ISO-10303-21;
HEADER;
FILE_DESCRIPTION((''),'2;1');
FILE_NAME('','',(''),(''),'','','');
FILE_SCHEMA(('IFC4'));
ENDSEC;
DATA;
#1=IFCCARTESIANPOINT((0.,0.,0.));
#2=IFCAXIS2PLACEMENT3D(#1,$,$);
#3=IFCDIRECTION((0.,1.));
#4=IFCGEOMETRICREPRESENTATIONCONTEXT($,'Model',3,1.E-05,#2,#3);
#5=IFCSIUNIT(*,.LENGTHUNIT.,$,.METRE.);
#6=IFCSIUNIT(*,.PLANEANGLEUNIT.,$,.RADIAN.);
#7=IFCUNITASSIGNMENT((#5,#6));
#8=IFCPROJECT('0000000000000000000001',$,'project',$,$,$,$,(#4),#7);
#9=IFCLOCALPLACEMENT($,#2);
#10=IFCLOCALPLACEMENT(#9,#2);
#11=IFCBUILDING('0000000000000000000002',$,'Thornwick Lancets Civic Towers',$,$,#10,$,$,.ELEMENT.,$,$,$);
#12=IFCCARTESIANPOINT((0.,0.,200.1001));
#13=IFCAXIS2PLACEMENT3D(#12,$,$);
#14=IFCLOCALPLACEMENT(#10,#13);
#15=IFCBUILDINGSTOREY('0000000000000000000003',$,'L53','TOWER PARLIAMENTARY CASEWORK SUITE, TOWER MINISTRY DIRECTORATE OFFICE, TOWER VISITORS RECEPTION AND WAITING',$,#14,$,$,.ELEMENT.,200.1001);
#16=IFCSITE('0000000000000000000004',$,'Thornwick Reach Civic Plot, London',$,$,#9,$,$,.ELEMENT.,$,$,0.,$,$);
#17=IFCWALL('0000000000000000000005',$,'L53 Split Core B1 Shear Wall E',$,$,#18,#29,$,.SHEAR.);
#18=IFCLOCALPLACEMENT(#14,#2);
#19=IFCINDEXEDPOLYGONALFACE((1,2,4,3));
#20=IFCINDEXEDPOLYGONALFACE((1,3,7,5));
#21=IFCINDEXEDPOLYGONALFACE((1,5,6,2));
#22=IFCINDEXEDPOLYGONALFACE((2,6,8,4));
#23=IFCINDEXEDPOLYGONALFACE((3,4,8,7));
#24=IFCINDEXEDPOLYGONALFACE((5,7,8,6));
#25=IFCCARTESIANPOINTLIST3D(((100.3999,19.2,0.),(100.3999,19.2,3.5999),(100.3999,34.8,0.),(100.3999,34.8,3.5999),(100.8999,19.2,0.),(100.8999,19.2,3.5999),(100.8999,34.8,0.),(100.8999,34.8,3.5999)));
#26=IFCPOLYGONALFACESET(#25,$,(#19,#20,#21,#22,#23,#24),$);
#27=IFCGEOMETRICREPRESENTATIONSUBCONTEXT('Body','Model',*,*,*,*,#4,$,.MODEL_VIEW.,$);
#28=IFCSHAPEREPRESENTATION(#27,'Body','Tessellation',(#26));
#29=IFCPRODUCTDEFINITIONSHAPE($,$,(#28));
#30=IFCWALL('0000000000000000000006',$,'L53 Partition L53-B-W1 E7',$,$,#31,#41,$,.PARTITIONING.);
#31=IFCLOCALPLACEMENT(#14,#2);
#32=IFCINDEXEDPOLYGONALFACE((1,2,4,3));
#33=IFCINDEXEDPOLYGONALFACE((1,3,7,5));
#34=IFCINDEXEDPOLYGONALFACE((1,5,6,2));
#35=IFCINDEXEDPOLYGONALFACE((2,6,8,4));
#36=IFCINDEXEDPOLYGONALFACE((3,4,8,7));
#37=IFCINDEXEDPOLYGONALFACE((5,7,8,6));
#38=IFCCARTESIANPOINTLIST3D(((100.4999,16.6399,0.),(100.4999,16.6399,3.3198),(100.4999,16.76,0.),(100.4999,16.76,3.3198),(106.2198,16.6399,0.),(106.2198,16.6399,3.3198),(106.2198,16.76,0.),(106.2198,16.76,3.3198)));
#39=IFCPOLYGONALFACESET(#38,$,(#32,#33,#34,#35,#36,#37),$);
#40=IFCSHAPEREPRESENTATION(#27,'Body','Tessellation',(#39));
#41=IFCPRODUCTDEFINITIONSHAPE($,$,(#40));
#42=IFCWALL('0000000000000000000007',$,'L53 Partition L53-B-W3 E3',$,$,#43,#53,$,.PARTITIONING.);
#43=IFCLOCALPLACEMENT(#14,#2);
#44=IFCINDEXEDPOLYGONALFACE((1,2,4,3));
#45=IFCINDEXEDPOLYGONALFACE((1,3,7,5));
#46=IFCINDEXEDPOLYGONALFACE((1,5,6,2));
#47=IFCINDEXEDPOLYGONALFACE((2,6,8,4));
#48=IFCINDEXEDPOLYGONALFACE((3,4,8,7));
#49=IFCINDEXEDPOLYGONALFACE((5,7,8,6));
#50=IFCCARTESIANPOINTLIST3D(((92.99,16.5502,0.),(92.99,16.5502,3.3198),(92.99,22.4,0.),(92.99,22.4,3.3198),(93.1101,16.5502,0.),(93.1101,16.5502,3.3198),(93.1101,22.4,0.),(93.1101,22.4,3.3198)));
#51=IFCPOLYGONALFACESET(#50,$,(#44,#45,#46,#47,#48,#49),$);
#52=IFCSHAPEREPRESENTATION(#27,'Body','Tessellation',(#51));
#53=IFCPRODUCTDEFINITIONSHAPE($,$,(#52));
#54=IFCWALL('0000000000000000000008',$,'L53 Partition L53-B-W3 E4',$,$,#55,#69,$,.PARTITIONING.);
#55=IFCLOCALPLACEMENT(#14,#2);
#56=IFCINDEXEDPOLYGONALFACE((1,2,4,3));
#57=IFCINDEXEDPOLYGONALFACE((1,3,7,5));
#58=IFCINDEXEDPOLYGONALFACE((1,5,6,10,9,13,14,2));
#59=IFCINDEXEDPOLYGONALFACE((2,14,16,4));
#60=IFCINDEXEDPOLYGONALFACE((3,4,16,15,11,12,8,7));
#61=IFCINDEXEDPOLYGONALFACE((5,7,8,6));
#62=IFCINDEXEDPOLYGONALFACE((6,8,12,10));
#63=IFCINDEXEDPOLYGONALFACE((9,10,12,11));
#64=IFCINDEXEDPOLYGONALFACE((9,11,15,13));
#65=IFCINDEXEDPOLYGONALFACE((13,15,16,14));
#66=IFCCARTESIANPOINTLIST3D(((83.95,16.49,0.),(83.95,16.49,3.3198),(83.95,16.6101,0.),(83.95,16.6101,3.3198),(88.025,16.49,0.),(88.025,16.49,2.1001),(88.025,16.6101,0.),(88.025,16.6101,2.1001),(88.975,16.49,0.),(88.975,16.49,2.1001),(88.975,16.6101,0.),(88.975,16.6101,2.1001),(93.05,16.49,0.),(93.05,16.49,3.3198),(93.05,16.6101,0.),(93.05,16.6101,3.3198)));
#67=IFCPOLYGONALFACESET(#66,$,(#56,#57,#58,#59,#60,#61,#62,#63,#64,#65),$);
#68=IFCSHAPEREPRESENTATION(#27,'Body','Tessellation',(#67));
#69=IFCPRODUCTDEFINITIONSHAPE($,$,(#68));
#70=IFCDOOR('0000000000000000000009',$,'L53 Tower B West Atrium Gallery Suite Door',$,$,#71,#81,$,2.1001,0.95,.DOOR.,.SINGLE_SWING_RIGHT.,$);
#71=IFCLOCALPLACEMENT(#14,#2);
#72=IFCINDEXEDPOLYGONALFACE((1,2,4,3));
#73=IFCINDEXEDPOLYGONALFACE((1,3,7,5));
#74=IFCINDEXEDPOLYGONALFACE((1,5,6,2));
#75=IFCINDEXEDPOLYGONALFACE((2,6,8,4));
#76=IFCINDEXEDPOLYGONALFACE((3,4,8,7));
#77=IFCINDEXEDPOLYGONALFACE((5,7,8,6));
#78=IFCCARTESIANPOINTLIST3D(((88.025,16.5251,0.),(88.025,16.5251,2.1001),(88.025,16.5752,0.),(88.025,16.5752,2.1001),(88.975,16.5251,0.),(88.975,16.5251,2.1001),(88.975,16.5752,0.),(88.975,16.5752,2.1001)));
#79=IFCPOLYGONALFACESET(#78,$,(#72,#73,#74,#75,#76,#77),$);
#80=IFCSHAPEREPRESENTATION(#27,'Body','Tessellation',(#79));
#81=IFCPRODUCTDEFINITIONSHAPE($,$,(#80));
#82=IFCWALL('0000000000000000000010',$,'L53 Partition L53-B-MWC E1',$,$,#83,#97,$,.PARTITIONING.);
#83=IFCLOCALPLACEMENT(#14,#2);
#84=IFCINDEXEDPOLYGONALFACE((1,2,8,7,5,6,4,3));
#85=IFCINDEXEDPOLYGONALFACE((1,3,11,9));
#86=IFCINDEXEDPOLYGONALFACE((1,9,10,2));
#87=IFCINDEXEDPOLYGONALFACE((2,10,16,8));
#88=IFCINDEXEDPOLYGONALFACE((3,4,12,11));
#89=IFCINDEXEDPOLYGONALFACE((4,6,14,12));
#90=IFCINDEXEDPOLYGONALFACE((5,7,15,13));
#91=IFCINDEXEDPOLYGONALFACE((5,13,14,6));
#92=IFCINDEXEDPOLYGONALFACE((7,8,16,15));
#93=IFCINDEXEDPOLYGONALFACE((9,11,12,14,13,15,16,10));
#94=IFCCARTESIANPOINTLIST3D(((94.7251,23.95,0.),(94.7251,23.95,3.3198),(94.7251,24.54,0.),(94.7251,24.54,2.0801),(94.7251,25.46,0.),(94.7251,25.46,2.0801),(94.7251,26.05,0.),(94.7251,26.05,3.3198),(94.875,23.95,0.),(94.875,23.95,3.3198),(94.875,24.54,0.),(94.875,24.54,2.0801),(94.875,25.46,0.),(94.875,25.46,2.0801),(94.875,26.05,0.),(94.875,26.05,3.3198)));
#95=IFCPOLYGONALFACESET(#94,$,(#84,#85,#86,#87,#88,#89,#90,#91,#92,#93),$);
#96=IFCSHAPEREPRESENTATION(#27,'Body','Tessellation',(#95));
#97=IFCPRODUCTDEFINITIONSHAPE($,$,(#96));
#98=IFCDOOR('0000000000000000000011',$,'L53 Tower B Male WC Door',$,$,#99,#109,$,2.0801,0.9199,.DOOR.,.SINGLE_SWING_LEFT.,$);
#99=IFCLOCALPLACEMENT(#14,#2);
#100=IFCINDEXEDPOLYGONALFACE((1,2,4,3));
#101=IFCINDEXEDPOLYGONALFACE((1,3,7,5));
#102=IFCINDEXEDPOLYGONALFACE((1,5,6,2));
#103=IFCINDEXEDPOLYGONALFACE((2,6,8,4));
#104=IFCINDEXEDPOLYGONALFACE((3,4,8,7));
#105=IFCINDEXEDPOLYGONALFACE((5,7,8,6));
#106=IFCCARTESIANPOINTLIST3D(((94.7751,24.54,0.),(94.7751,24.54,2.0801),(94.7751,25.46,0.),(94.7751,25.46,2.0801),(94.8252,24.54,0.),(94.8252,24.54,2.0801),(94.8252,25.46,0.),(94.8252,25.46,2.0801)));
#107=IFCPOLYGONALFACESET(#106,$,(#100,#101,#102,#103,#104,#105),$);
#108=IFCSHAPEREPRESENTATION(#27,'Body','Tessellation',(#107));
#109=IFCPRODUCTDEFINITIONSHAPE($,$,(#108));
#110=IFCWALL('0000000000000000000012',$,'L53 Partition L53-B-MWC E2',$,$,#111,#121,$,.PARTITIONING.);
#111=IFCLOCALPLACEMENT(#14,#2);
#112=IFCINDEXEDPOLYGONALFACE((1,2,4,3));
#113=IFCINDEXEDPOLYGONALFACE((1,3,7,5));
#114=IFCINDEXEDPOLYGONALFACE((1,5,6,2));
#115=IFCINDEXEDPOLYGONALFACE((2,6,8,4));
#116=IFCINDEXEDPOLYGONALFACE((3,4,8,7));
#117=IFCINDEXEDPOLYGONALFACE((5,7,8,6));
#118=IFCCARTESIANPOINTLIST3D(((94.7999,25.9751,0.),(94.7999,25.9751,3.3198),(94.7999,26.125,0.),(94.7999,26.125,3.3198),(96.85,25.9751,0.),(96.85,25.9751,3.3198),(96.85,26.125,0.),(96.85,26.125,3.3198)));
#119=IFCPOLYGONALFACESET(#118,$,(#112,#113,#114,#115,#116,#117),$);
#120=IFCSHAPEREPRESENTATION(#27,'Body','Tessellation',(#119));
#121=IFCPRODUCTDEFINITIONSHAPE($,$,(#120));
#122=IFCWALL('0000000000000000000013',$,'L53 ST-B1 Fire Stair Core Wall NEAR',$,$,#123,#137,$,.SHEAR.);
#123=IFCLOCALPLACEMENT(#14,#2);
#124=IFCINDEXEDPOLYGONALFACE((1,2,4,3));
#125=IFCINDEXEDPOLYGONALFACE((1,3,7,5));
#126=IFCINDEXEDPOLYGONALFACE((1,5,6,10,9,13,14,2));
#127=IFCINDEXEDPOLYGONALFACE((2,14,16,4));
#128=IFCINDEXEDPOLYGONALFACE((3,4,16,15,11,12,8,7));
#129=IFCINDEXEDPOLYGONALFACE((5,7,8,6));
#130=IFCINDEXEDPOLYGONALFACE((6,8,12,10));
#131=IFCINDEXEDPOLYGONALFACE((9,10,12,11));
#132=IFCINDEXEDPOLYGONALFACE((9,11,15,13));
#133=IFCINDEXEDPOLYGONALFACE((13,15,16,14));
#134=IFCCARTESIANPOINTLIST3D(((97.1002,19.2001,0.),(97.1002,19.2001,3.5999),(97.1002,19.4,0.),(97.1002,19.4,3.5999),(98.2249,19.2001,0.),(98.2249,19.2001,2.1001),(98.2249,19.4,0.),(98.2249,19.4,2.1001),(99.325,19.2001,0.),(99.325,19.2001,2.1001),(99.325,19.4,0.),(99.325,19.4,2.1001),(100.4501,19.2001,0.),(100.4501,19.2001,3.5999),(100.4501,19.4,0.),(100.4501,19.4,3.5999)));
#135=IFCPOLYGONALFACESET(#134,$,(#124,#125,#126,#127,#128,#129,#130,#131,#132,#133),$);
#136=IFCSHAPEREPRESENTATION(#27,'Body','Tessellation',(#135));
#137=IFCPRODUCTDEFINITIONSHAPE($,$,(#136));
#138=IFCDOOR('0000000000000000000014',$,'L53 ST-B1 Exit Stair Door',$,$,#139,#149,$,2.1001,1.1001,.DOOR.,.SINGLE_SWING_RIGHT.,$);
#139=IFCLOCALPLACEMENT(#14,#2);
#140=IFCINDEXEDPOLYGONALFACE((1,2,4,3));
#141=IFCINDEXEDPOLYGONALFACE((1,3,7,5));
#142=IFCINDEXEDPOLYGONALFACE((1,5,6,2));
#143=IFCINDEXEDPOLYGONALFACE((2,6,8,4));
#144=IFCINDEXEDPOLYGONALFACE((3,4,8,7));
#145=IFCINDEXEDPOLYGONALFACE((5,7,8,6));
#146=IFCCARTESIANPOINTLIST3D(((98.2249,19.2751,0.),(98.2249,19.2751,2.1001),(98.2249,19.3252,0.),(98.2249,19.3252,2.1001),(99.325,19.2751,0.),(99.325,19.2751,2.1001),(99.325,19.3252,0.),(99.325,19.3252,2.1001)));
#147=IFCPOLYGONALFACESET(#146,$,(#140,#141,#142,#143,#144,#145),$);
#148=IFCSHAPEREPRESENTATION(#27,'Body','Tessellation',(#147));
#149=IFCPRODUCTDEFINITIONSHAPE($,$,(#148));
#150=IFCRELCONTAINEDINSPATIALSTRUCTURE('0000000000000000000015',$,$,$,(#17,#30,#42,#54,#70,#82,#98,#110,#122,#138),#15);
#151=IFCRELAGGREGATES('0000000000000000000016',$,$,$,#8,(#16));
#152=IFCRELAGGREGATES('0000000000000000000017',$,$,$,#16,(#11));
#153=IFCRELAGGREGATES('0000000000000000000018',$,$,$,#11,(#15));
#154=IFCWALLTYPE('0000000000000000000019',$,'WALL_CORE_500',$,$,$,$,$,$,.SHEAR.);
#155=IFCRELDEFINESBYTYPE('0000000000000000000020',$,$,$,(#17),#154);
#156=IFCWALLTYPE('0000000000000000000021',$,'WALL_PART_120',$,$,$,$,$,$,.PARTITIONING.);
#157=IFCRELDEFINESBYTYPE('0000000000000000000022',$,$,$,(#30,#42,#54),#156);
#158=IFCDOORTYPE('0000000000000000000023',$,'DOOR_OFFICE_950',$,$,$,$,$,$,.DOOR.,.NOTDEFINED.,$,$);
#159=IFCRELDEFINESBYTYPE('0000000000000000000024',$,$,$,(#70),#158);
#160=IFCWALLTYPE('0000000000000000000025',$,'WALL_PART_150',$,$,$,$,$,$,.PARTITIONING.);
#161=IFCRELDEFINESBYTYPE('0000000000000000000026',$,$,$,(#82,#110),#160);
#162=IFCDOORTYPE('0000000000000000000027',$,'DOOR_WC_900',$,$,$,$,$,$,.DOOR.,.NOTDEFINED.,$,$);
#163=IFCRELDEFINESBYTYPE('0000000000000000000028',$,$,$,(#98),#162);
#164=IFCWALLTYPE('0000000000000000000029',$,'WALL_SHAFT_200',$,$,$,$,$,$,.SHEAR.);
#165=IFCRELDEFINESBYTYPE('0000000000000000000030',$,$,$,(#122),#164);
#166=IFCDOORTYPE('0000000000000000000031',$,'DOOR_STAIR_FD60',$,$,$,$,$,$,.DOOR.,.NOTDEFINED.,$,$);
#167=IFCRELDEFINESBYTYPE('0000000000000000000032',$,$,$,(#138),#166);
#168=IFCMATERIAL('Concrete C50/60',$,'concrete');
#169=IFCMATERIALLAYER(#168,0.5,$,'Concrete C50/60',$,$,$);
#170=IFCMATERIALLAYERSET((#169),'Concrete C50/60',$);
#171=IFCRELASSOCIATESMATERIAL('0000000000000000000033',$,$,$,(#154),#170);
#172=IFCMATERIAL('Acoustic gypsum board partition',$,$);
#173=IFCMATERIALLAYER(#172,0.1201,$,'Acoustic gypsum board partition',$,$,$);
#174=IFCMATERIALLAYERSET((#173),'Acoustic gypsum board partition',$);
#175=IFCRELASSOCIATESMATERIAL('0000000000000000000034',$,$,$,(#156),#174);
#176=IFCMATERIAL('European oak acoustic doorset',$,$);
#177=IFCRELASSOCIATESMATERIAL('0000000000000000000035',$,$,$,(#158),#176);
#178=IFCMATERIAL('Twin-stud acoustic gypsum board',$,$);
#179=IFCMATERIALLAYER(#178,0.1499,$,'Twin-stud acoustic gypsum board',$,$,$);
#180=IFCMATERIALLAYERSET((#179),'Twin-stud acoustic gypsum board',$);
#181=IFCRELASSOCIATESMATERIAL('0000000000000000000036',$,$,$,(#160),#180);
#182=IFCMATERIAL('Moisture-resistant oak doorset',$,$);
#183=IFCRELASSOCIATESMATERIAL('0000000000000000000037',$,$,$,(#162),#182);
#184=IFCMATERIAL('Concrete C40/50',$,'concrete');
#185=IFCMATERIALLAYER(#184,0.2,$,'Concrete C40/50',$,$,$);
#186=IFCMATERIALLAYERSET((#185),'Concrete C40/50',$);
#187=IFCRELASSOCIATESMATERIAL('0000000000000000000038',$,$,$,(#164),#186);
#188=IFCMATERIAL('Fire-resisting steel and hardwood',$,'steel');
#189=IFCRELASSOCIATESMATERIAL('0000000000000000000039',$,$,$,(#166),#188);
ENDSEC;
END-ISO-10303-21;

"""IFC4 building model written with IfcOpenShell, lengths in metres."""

from ifc_helpers import new_model, si_unit, direction, frame, frame_2d, origin, place, context, subcontext, project, spatial, rectangle, extrude, material, layer, layer_set, type_object, element, fill, save


model = new_model("IFC4")

# Units and contexts
model_context = context("Model", 3, precision=1e-05, world=origin(), true_north=direction((0.0, 1.0)))
body_context = subcontext(model_context, "Body", "Model", "MODEL_VIEW")
ifc_project = project(units=[si_unit("LENGTHUNIT", "METRE"), si_unit("PLANEANGLEUNIT", "RADIAN")], contexts=[model_context])

# Site, building, storey
site_placement = place(None, origin())
site = spatial("IfcSite", under=ifc_project, at=site_placement, Name="Thornwick Reach Civic Plot, London", CompositionType="ELEMENT", RefElevation=0.0)
building_placement = place(site_placement, origin())
building = spatial("IfcBuilding", under=site, at=building_placement, Name="Thornwick Lancets Civic Towers", CompositionType="ELEMENT")
storey_placement = place(building_placement, frame((0.0, 0.0, 200.1001)))
storey = spatial("IfcBuildingStorey", under=building, at=storey_placement, Name="L53", Description="TOWER PARLIAMENTARY CASEWORK SUITE, TOWER MINISTRY DIRECTORATE OFFICE, TOWER VISITORS RECEPTION AND WAITING", CompositionType="ELEMENT", Elevation=200.1001)

# Shared definitions
ifc_material_1 = material(Name="Concrete C50/60", Category="concrete")

# Shared definitions
ifc_material_2 = material(Name="Concrete C40/50", Category="concrete")

# Walls
ifc_layer_1 = layer(ifc_material_1, 0.5, Name="Concrete C50/60")
ifc_layer_set_1 = layer_set([ifc_layer_1], Name="Concrete C50/60")
wall_type_1 = type_object("IfcWallType", Name="WALL_CORE_500", PredefinedType="SHEAR", material=ifc_layer_set_1)
wall_1_placement = place(storey_placement, frame((100.6499, 19.2, 0.0), z_axis=(0.0, 0.0, 1.0), x_axis=(0.0, 1.0, 0.0)))
element("IfcWall", 1, at=wall_1_placement, inside=storey, type_object=wall_type_1, Name="L53 Split Core B1 Shear Wall E", PredefinedType="SHEAR", context=body_context, shape_type="SweptSolid", body=[
    extrude(rectangle(XDim=15.6001, YDim=0.5, at=frame_2d((7.8, 0.0))), origin(), (0.0, 0.0, 1.0), 3.5999),
])
ifc_material_3 = material(Name="Acoustic gypsum board partition")
ifc_layer_2 = layer(ifc_material_3, 0.1201, Name="Acoustic gypsum board partition")
ifc_layer_set_2 = layer_set([ifc_layer_2], Name="Acoustic gypsum board partition")
wall_type_2 = type_object("IfcWallType", Name="WALL_PART_120", PredefinedType="PARTITIONING", material=ifc_layer_set_2)
wall_2_placement = place(storey_placement, frame((100.5, 16.7, 0.0), z_axis=(0.0, 0.0, 1.0), x_axis=(1.0, 0.0, 0.0)))
element("IfcWall", 2, at=wall_2_placement, inside=storey, type_object=wall_type_2, Name="L53 Partition L53-B-W1 E7", PredefinedType="PARTITIONING", context=body_context, shape_type="SweptSolid", body=[
    extrude(rectangle(XDim=5.72, YDim=0.1201, at=frame_2d((2.8599, 0.0))), origin(), (0.0, 0.0, 1.0), 3.3198),
])
wall_3_placement = place(storey_placement, frame((93.05, 22.3999, 0.0), z_axis=(0.0, 0.0, 1.0), x_axis=(0.0, -1.0, 0.0)))
element("IfcWall", 3, at=wall_3_placement, inside=storey, type_object=wall_type_2, Name="L53 Partition L53-B-W3 E3", PredefinedType="PARTITIONING", context=body_context, shape_type="SweptSolid", body=[
    extrude(rectangle(XDim=5.8499, YDim=0.1201, at=frame_2d((2.9248, 0.0))), origin(), (0.0, 0.0, 1.0), 3.3198),
])

# Walls, openings, doors
wall_4_placement = place(storey_placement, frame((93.05, 16.55, 0.0), z_axis=(0.0, 0.0, 1.0), x_axis=(-1.0, 0.0, 0.0)))
wall_4 = element("IfcWall", 4, at=wall_4_placement, inside=storey, type_object=wall_type_2, Name="L53 Partition L53-B-W3 E4", PredefinedType="PARTITIONING", context=body_context, shape_type="SweptSolid", body=[
    extrude(rectangle(XDim=9.1001, YDim=0.1201, at=frame_2d((4.55, 0.0))), origin(), (0.0, 0.0, 1.0), 3.3198),
])
opening_1_placement = place(wall_4_placement, frame((4.075, 0.0, 0.0)))
opening_1 = element("IfcOpeningElement", 5, at=opening_1_placement, cuts=wall_4, PredefinedType="OPENING", context=body_context, shape_type="SweptSolid", body=[
    extrude(rectangle(XDim=0.95, YDim=2.1001, at=frame_2d((0.4751, 1.05))), frame((0.0, 0.0701, 0.0), z_axis=(0.0, -1.0, 0.0), x_axis=(1.0, 0.0, 0.0)), (0.0, 0.0, 1.0), 0.1401),
])
ifc_material_4 = material(Name="European oak acoustic doorset")
door_type_1 = type_object("IfcDoorType", Name="DOOR_OFFICE_950", OperationType="NOTDEFINED", PredefinedType="DOOR", material=ifc_material_4)
door_1_placement = place(opening_1_placement, origin())
door_1 = element("IfcDoor", 6, at=door_1_placement, inside=storey, type_object=door_type_1, Name="L53 Tower B West Atrium Gallery Suite Door", OperationType="SINGLE_SWING_RIGHT", OverallHeight=2.1001, OverallWidth=0.95, PredefinedType="DOOR", context=body_context, shape_type="SweptSolid", body=[
    extrude(rectangle(XDim=0.95, YDim=2.1001, at=frame_2d((0.4751, 1.05))), frame((0.0, 0.0249, 0.0), z_axis=(0.0, -1.0, 0.0), x_axis=(1.0, 0.0, 0.0)), (0.0, 0.0, 1.0), 0.05),
])
fill(opening_1, door_1)
ifc_material_5 = material(Name="Twin-stud acoustic gypsum board")
ifc_layer_3 = layer(ifc_material_5, 0.1499, Name="Twin-stud acoustic gypsum board")
ifc_layer_set_3 = layer_set([ifc_layer_3], Name="Twin-stud acoustic gypsum board")
wall_type_3 = type_object("IfcWallType", Name="WALL_PART_150", PredefinedType="PARTITIONING", material=ifc_layer_set_3)
wall_5_placement = place(storey_placement, frame((94.8, 23.95, 0.0), z_axis=(0.0, 0.0, 1.0), x_axis=(0.0, 1.0, 0.0)))
wall_5 = element("IfcWall", 7, at=wall_5_placement, inside=storey, type_object=wall_type_3, Name="L53 Partition L53-B-MWC E1", PredefinedType="PARTITIONING", context=body_context, shape_type="SweptSolid", body=[
    extrude(rectangle(XDim=2.1001, YDim=0.1499, at=frame_2d((1.05, 0.0))), origin(), (0.0, 0.0, 1.0), 3.3198),
])
opening_2_placement = place(wall_5_placement, frame((0.5901, 0.0, 0.0)))
opening_2 = element("IfcOpeningElement", 8, at=opening_2_placement, cuts=wall_5, PredefinedType="OPENING", context=body_context, shape_type="SweptSolid", body=[
    extrude(rectangle(XDim=0.9199, YDim=2.0801, at=frame_2d((0.46, 1.04))), frame((0.0, 0.085, 0.0), z_axis=(0.0, -1.0, 0.0), x_axis=(1.0, 0.0, 0.0)), (0.0, 0.0, 1.0), 0.1699),
])
ifc_material_6 = material(Name="Moisture-resistant oak doorset")
door_type_2 = type_object("IfcDoorType", Name="DOOR_WC_900", OperationType="NOTDEFINED", PredefinedType="DOOR", material=ifc_material_6)
door_2_placement = place(opening_2_placement, origin())
door_2 = element("IfcDoor", 9, at=door_2_placement, inside=storey, type_object=door_type_2, Name="L53 Tower B Male WC Door", OperationType="SINGLE_SWING_LEFT", OverallHeight=2.0801, OverallWidth=0.9199, PredefinedType="DOOR", context=body_context, shape_type="SweptSolid", body=[
    extrude(rectangle(XDim=0.9199, YDim=2.0801, at=frame_2d((0.46, 1.04))), frame((0.0, 0.0249, 0.0), z_axis=(0.0, -1.0, 0.0), x_axis=(1.0, 0.0, 0.0)), (0.0, 0.0, 1.0), 0.05),
])
fill(opening_2, door_2)

# Wall
wall_6_placement = place(storey_placement, frame((94.8, 26.05, 0.0), z_axis=(0.0, 0.0, 1.0), x_axis=(1.0, 0.0, 0.0)))
element("IfcWall", 10, at=wall_6_placement, inside=storey, type_object=wall_type_3, Name="L53 Partition L53-B-MWC E2", PredefinedType="PARTITIONING", context=body_context, shape_type="SweptSolid", body=[
    extrude(rectangle(XDim=2.05, YDim=0.1499, at=frame_2d((1.0249, 0.0))), origin(), (0.0, 0.0, 1.0), 3.3198),
])

# Wall, opening, door
ifc_layer_4 = layer(ifc_material_2, 0.2, Name="Concrete C40/50")
ifc_layer_set_4 = layer_set([ifc_layer_4], Name="Concrete C40/50")
wall_type_4 = type_object("IfcWallType", Name="WALL_SHAFT_200", PredefinedType="SHEAR", material=ifc_layer_set_4)
wall_7_placement = place(storey_placement, frame((100.45, 19.3, 0.0), z_axis=(0.0, 0.0, 1.0), x_axis=(-1.0, 0.0, 0.0)))
wall_7 = element("IfcWall", 11, at=wall_7_placement, inside=storey, type_object=wall_type_4, Name="L53 ST-B1 Fire Stair Core Wall NEAR", PredefinedType="SHEAR", context=body_context, shape_type="SweptSolid", body=[
    extrude(rectangle(XDim=3.3499, YDim=0.2, at=frame_2d((1.6748, 0.0))), origin(), (0.0, 0.0, 1.0), 3.5999),
])
opening_3_placement = place(wall_7_placement, frame((1.125, 0.0, 0.0)))
opening_3 = element("IfcOpeningElement", 12, at=opening_3_placement, cuts=wall_7, PredefinedType="OPENING", context=body_context, shape_type="SweptSolid", body=[
    extrude(rectangle(XDim=1.1001, YDim=2.1001, at=frame_2d((0.55, 1.05))), frame((0.0, 0.1099, 0.0), z_axis=(0.0, -1.0, 0.0), x_axis=(1.0, 0.0, 0.0)), (0.0, 0.0, 1.0), 0.22),
])
ifc_material_7 = material(Name="Fire-resisting steel and hardwood", Category="steel")
door_type_3 = type_object("IfcDoorType", Name="DOOR_STAIR_FD60", OperationType="NOTDEFINED", PredefinedType="DOOR", material=ifc_material_7)
door_3_placement = place(opening_3_placement, origin())
door_3 = element("IfcDoor", 13, at=door_3_placement, inside=storey, type_object=door_type_3, Name="L53 ST-B1 Exit Stair Door", OperationType="SINGLE_SWING_RIGHT", OverallHeight=2.1001, OverallWidth=1.1001, PredefinedType="DOOR", context=body_context, shape_type="SweptSolid", body=[
    extrude(rectangle(XDim=1.1001, YDim=2.1001, at=frame_2d((0.55, 1.05))), frame((0.0, 0.0249, 0.0), z_axis=(0.0, -1.0, 0.0), x_axis=(1.0, 0.0, 0.0)), (0.0, 0.0, 1.0), 0.05),
])
fill(opening_3, door_3)

save(model, "model.ifc")
